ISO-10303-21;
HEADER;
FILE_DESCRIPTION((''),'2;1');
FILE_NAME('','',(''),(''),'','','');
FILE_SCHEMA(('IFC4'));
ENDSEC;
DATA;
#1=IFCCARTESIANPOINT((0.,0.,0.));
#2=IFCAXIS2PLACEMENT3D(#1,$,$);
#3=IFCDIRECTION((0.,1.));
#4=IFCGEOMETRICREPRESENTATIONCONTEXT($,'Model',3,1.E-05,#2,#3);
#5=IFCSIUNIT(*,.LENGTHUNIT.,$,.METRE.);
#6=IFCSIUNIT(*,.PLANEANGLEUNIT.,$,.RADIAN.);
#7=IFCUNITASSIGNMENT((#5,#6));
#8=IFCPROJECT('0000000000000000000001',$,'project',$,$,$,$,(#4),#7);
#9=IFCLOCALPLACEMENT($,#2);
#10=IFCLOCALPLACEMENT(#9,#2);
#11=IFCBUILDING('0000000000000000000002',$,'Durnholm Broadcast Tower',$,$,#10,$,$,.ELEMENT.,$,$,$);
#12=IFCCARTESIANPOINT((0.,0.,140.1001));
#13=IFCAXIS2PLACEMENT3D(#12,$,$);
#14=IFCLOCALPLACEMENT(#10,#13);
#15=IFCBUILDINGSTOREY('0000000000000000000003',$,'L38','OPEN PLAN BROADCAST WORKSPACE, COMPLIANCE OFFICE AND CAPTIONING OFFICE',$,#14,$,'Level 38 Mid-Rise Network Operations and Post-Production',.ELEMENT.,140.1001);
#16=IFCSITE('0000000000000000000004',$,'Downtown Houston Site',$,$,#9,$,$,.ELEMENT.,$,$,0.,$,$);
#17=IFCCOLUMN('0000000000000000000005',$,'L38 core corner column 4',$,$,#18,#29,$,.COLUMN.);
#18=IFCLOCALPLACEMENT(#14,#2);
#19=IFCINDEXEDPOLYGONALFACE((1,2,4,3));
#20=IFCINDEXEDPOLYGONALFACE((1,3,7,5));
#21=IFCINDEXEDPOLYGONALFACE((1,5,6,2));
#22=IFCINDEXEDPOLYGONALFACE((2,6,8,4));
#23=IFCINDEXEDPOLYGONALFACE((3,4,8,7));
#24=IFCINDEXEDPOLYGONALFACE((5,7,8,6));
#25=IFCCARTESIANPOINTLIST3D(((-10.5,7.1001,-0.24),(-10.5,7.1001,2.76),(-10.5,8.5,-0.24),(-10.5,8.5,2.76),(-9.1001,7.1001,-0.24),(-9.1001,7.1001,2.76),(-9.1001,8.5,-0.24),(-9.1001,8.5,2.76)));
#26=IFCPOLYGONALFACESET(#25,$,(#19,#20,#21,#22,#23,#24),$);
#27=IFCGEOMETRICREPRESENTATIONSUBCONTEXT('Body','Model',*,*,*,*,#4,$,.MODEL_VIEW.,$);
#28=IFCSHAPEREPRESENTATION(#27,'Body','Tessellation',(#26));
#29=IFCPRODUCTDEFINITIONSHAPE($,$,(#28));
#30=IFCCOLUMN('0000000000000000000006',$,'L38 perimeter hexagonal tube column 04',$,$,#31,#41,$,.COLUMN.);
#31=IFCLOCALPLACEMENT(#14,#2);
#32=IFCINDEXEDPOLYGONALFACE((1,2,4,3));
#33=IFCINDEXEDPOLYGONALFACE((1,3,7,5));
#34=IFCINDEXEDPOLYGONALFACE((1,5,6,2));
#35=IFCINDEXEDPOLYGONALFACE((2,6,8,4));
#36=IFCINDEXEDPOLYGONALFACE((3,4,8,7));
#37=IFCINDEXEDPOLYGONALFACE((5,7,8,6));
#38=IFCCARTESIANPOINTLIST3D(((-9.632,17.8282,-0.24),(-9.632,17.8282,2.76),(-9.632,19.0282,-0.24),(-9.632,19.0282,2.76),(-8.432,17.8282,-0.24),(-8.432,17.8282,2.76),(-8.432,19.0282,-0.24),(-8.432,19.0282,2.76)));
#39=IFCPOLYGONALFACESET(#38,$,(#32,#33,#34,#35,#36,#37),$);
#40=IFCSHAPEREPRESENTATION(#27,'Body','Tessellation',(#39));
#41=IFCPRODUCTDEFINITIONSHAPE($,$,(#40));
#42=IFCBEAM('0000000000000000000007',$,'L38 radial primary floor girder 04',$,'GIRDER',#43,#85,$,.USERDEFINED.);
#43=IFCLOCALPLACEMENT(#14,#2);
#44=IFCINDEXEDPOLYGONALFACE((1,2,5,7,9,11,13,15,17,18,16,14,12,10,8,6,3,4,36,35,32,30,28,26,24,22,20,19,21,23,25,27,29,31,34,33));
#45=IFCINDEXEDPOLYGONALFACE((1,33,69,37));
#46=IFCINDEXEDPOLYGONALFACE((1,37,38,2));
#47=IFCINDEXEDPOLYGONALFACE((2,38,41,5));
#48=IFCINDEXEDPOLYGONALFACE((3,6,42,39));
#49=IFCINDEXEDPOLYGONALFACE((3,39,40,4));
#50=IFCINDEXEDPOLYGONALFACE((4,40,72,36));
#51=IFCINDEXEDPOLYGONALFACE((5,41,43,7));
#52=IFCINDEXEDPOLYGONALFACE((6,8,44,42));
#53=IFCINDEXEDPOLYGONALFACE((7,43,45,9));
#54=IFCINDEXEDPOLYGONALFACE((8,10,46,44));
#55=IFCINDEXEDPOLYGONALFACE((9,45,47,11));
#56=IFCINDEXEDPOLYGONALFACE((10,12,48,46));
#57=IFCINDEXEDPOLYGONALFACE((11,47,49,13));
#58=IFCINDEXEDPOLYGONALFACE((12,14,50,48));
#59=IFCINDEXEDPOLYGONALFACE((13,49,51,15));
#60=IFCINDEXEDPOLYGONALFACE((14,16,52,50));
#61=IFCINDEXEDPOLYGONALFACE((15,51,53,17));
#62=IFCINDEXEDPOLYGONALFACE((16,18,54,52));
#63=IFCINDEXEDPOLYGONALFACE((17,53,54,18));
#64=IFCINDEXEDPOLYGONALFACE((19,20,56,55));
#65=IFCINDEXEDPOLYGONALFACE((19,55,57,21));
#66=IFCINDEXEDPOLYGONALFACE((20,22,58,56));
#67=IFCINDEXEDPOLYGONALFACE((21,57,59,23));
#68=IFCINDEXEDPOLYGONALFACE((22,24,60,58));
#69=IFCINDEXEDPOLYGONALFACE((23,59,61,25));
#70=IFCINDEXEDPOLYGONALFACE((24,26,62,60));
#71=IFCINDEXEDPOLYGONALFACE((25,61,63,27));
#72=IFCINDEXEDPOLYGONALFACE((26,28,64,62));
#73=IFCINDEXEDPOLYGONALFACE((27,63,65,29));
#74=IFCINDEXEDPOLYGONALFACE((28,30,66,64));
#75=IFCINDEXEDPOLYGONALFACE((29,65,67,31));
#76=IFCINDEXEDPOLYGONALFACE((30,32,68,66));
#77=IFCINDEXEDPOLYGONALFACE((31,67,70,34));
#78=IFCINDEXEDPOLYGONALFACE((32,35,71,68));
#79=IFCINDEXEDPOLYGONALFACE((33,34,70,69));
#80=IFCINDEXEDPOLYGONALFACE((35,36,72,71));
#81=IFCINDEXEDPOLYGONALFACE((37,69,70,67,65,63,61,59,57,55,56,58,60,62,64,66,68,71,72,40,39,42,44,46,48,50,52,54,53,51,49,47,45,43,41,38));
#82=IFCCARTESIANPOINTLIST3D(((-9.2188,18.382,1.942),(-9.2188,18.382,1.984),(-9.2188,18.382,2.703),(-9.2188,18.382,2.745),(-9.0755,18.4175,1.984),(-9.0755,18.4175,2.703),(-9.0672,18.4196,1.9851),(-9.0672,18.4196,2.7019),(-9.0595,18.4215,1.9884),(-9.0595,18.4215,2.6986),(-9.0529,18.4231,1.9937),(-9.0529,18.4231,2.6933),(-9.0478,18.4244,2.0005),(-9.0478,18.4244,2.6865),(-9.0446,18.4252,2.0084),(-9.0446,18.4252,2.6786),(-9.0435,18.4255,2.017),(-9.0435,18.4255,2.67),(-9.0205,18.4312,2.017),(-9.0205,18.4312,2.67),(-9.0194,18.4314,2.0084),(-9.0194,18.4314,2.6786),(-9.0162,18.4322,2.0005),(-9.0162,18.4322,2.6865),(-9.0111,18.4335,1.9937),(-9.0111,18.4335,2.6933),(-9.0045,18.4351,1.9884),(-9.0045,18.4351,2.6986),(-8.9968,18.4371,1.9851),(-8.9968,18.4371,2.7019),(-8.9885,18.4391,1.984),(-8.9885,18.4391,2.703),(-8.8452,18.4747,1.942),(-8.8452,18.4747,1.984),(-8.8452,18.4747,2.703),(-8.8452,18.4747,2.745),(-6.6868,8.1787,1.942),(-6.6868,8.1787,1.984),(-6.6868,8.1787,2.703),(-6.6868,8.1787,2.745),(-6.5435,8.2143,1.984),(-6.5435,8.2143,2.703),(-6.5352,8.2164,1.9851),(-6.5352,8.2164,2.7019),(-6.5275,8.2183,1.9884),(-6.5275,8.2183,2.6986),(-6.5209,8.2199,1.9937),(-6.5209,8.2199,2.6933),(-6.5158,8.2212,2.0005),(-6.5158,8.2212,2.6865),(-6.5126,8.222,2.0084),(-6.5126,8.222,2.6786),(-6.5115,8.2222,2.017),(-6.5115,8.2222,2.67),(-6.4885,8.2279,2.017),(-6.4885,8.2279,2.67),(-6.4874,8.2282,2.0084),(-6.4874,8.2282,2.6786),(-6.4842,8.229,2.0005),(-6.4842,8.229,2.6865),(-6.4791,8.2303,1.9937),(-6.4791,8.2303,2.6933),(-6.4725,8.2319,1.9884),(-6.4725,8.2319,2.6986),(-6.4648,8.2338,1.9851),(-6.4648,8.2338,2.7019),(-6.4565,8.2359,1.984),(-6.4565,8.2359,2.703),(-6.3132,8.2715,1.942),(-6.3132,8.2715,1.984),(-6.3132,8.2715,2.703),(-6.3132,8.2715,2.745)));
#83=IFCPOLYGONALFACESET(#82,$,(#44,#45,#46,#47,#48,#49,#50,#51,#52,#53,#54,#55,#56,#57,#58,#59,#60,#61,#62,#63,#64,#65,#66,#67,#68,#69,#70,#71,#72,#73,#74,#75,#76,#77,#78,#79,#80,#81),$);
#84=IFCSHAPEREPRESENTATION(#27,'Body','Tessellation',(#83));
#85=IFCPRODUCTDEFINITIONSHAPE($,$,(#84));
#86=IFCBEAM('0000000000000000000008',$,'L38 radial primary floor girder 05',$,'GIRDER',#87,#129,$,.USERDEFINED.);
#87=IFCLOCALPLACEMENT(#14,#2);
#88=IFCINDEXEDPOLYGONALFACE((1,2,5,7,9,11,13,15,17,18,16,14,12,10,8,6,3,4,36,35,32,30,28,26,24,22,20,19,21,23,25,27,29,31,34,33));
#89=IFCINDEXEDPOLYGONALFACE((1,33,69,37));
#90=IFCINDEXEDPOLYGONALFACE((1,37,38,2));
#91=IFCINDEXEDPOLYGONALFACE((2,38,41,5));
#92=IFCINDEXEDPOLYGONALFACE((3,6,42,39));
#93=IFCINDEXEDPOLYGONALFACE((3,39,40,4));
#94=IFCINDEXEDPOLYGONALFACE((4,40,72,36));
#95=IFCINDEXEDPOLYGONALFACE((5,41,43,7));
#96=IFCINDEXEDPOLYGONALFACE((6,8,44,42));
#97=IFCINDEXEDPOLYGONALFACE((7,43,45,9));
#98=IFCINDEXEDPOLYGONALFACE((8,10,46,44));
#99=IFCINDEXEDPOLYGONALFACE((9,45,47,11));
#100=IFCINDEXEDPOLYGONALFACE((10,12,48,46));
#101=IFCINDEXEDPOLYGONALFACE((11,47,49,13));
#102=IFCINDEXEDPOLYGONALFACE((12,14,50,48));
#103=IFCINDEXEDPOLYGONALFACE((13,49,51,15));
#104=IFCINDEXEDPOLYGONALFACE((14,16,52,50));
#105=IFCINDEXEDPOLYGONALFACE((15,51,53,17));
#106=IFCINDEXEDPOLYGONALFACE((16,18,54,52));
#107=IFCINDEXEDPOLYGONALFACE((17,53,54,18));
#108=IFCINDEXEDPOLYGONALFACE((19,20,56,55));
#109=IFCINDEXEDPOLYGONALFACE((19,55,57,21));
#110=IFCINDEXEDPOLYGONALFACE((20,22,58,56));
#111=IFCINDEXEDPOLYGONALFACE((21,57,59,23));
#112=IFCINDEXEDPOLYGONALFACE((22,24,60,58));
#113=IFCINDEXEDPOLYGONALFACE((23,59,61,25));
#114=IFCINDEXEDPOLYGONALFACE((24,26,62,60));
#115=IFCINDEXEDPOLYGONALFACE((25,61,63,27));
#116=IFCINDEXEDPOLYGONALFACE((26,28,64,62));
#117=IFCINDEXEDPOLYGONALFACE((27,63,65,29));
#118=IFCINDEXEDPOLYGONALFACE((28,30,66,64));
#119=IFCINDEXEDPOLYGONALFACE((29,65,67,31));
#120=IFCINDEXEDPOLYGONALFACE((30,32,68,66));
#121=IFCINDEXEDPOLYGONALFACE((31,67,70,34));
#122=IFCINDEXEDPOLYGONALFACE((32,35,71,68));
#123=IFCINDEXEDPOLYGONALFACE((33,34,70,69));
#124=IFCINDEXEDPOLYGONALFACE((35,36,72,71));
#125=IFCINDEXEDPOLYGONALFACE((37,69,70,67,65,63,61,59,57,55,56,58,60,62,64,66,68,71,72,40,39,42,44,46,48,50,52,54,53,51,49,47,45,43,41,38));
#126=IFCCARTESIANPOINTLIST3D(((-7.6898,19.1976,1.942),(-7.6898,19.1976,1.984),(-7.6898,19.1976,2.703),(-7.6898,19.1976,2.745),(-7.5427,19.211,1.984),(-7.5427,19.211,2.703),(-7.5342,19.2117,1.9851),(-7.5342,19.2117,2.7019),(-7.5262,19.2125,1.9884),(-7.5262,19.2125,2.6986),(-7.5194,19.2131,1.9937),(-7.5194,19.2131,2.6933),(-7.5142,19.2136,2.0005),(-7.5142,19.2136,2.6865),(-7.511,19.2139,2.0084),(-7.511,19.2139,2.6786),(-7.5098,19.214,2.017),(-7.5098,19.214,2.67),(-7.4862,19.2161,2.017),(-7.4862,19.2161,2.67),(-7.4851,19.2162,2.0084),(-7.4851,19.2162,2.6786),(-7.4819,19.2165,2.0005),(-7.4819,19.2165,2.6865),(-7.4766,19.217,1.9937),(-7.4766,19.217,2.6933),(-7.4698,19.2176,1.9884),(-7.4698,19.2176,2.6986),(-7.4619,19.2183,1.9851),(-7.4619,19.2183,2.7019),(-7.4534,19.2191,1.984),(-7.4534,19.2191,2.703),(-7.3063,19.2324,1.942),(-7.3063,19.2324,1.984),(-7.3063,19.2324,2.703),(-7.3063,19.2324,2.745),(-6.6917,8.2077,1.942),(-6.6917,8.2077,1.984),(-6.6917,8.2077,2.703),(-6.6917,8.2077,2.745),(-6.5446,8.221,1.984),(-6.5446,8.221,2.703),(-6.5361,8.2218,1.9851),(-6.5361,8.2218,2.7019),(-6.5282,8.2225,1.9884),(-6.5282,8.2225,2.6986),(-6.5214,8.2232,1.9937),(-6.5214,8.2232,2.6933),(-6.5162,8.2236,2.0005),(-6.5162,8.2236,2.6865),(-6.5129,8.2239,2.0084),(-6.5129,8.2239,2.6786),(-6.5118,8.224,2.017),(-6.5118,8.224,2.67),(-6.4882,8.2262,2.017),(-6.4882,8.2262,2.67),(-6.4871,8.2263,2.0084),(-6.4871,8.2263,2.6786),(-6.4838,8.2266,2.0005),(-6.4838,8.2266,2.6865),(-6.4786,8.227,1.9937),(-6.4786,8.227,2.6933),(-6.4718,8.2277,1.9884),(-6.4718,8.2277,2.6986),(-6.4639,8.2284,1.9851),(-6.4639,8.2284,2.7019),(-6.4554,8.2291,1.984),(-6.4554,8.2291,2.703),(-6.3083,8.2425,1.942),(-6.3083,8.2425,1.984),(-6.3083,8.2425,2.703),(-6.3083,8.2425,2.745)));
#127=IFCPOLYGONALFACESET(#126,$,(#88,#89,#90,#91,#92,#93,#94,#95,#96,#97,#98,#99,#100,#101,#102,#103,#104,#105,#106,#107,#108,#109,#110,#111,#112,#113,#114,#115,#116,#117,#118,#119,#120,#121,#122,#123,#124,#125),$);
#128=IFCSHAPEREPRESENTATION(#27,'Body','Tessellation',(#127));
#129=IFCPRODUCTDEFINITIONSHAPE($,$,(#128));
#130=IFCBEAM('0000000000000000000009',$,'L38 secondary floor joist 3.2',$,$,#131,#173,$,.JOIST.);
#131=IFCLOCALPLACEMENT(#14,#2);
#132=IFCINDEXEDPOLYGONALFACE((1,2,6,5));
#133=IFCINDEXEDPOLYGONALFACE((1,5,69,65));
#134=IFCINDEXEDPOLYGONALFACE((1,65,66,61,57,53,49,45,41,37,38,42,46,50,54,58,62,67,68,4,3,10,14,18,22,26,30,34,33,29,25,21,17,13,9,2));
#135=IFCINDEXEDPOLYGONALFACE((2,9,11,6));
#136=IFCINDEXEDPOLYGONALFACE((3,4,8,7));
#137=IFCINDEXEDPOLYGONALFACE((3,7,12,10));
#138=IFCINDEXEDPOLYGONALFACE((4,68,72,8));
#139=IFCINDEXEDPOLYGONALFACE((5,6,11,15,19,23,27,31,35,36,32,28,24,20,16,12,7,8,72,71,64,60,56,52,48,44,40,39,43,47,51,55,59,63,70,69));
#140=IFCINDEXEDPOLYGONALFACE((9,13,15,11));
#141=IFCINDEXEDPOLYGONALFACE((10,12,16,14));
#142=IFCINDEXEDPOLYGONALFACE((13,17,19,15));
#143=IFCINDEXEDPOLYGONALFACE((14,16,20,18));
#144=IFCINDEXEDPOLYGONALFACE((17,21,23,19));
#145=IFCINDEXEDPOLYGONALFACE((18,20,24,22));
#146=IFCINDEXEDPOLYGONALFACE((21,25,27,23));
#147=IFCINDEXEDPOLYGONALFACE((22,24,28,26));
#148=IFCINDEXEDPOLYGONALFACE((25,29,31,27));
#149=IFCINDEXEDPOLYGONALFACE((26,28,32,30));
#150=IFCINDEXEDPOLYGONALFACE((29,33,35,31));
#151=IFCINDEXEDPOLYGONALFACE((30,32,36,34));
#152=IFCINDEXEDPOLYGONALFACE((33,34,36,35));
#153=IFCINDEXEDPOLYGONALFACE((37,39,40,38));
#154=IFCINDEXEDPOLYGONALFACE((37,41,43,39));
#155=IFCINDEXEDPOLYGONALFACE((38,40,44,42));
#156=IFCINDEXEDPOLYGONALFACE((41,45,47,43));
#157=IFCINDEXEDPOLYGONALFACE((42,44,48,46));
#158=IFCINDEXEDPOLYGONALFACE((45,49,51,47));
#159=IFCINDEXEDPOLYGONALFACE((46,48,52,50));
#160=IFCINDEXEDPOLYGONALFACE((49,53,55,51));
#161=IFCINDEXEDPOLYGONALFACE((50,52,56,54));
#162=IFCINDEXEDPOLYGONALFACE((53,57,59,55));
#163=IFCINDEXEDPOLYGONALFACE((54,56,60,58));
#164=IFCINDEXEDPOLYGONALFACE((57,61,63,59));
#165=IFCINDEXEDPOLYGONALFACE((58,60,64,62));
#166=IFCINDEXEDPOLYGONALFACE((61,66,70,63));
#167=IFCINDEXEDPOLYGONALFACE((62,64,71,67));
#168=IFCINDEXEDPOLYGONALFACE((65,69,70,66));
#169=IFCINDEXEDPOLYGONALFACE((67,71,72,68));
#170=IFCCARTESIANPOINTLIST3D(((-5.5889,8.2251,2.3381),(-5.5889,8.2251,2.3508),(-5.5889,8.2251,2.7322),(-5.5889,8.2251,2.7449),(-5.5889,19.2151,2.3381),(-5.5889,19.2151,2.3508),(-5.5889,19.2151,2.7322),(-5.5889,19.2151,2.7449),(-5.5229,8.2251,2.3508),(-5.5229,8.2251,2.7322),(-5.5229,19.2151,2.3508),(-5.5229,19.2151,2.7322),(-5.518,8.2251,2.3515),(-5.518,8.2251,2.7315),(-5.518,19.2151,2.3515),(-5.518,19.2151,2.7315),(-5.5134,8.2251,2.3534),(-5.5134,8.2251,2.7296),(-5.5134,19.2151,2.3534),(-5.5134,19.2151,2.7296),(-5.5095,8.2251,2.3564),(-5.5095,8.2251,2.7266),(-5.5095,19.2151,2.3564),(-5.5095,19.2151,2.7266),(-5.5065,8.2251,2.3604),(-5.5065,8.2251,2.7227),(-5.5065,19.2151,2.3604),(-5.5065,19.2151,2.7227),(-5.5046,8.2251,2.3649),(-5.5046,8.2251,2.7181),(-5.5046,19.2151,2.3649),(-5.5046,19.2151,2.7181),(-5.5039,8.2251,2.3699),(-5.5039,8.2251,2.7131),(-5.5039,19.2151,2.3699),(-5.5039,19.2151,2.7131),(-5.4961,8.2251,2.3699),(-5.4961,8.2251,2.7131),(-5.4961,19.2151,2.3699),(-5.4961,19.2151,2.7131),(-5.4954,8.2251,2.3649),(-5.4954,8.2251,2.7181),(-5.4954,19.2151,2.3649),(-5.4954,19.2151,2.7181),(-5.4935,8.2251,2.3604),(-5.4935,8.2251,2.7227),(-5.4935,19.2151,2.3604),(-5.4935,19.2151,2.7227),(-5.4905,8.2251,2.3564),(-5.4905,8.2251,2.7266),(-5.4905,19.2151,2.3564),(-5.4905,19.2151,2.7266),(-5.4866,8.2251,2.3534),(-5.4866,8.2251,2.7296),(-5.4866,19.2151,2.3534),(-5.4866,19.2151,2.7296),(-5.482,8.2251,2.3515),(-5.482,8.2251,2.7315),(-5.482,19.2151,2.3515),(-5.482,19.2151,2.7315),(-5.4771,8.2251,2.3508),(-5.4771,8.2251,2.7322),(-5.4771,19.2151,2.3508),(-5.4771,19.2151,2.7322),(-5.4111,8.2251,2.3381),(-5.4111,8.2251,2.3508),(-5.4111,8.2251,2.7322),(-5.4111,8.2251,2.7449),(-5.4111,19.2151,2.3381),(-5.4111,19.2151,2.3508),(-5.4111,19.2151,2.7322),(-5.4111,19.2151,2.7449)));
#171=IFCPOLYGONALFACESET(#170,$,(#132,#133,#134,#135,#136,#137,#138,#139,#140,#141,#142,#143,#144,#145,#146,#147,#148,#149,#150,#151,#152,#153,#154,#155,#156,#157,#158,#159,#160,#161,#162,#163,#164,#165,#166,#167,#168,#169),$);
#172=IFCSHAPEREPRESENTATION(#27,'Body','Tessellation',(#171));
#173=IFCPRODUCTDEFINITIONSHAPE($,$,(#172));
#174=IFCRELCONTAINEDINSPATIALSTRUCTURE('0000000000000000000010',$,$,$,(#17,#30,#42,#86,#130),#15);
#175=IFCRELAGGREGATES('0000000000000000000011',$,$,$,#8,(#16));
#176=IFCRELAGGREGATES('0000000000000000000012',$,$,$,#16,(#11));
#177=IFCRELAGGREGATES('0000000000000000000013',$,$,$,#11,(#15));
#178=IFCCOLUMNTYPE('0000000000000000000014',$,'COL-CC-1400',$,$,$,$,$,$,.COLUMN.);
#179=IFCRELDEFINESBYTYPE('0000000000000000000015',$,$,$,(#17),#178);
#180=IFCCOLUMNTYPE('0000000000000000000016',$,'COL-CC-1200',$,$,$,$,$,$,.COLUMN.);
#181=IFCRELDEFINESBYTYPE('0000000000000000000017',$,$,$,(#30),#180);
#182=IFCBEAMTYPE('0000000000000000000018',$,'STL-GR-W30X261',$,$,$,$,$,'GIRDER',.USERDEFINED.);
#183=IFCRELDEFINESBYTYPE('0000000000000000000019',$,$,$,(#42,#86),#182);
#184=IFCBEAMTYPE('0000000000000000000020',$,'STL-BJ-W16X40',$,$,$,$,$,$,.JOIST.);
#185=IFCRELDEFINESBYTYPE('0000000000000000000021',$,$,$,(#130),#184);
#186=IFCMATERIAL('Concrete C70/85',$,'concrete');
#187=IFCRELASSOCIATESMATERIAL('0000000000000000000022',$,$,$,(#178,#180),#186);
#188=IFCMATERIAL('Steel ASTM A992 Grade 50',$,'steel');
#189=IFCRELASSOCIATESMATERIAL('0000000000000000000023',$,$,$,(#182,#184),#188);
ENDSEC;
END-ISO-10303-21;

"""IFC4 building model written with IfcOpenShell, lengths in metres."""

from ifc_helpers import new_model, si_unit, direction, frame, origin, origin_2d, place, context, subcontext, project, spatial, rectangle, i_section, extrude, source, transform, mapped, material, material_profile, profile_set, type_object, type_shapes, element, save


model = new_model("IFC4")

# Units and contexts
model_context = context("Model", 3, precision=1e-05, world=origin(), true_north=direction((0.0, 1.0)))
body_context = subcontext(model_context, "Body", "Model", "MODEL_VIEW")
ifc_project = project(units=[si_unit("LENGTHUNIT", "METRE"), si_unit("PLANEANGLEUNIT", "RADIAN")], contexts=[model_context])

# Site, building, storey
site_placement = place(None, origin())
site = spatial("IfcSite", under=ifc_project, at=site_placement, Name="Downtown Houston Site", CompositionType="ELEMENT", RefElevation=0.0)
building_placement = place(site_placement, origin())
building = spatial("IfcBuilding", under=site, at=building_placement, Name="Durnholm Broadcast Tower", CompositionType="ELEMENT")
storey_placement = place(building_placement, frame((0.0, 0.0, 140.1001)))
storey = spatial("IfcBuildingStorey", under=building, at=storey_placement, Name="L38", Description="OPEN PLAN BROADCAST WORKSPACE, COMPLIANCE OFFICE AND CAPTIONING OFFICE", LongName="Level 38 Mid-Rise Network Operations and Post-Production", CompositionType="ELEMENT", Elevation=140.1001)

# Columns
ifc_material_1 = material(Name="Concrete C70/85", Category="concrete")
ifc_material_profile_1 = material_profile(ifc_material_1, rectangle(XDim=1.3999, YDim=1.3999, at=origin_2d()), Name="RC1400X1400")
ifc_profile_set_1 = profile_set([ifc_material_profile_1], Name="Concrete C70/85")
column_type_1 = type_object("IfcColumnType", Name="COL-CC-1400", PredefinedType="COLUMN", material=ifc_profile_set_1)
shared_shape_1 = source(origin(), body_context, "Body", "SweptSolid", [
    extrude(rectangle(XDim=1.3999, YDim=1.3999, at=origin_2d()), origin(), (0.0, 0.0, 1.0), 3.0),
])
type_shapes(column_type_1, [shared_shape_1])
column_1_placement = place(storey_placement, frame((-9.8, 7.8, -0.24), z_axis=(0.0, 0.0, 1.0), x_axis=(1.0, 0.0, 0.0)))
element("IfcColumn", 1, at=column_1_placement, inside=storey, type_object=column_type_1, Name="L38 core corner column 4", PredefinedType="COLUMN", context=body_context, shape_type="MappedRepresentation", body=[
    mapped(shared_shape_1, transform((0.0, 0.0, 0.0), x_axis=(1.0, 0.0, 0.0), y_axis=(0.0, 1.0, 0.0), z_axis=(0.0, 0.0, 1.0), scale=1.0)),
])
ifc_material_profile_2 = material_profile(ifc_material_1, rectangle(XDim=1.2, YDim=1.2, at=origin_2d()), Name="RC1200X1200")
ifc_profile_set_2 = profile_set([ifc_material_profile_2], Name="Concrete C70/85")
column_type_2 = type_object("IfcColumnType", Name="COL-CC-1200", PredefinedType="COLUMN", material=ifc_profile_set_2)
shared_shape_2 = source(origin(), body_context, "Body", "SweptSolid", [
    extrude(rectangle(XDim=1.2, YDim=1.2, at=origin_2d()), origin(), (0.0, 0.0, 1.0), 3.0),
])
type_shapes(column_type_2, [shared_shape_2])
column_2_placement = place(storey_placement, frame((-9.032, 18.4282, -0.24), z_axis=(0.0, 0.0, 1.0), x_axis=(1.0, 0.0, 0.0)))
element("IfcColumn", 2, at=column_2_placement, inside=storey, type_object=column_type_2, Name="L38 perimeter hexagonal tube column 04", PredefinedType="COLUMN", context=body_context, shape_type="MappedRepresentation", body=[
    mapped(shared_shape_2, transform((0.0, 0.0, 0.0), x_axis=(1.0, 0.0, 0.0), y_axis=(0.0, 1.0, 0.0), z_axis=(0.0, 0.0, 1.0), scale=1.0)),
])

# Beams
ifc_material_2 = material(Name="Steel ASTM A992 Grade 50", Category="steel")
ifc_material_profile_3 = material_profile(ifc_material_2, i_section(OverallWidth=0.385, OverallDepth=0.803, WebThickness=0.0237, FlangeThickness=0.042, FilletRadius=0.033, at=origin_2d()), Name="W30X261")
ifc_profile_set_3 = profile_set([ifc_material_profile_3], Name="Steel ASTM A992 Grade 50")
beam_type_1 = type_object("IfcBeamType", Name="STL-GR-W30X261", ElementType="GIRDER", PredefinedType="USERDEFINED", material=ifc_profile_set_3)
shared_shape_3 = source(origin(), body_context, "Body", "SweptSolid", [
    extrude(i_section(OverallWidth=0.385, OverallDepth=0.803, WebThickness=0.0237, FlangeThickness=0.042, FilletRadius=0.033, at=origin_2d()), origin(), (0.0, 0.0, 1.0), 10.5127),
])
beam_1_placement = place(storey_placement, frame((-6.5, 8.2251, 2.3435), z_axis=(-0.240852, 0.970562, 0.0), x_axis=(-0.970562, -0.240852, 0.0)))
element("IfcBeam", 3, at=beam_1_placement, inside=storey, type_object=beam_type_1, Name="L38 radial primary floor girder 04", ObjectType="GIRDER", PredefinedType="USERDEFINED", context=body_context, shape_type="MappedRepresentation", body=[
    mapped(shared_shape_3, transform((0.0, 0.0, 0.0), x_axis=(1.0, 0.0, 0.0), y_axis=(0.0, 1.0, 0.0), z_axis=(0.0, 0.0, 1.0), scale=1.0)),
])
shared_shape_4 = source(origin(), body_context, "Body", "SweptSolid", [
    extrude(i_section(OverallWidth=0.385, OverallDepth=0.803, WebThickness=0.0237, FlangeThickness=0.042, FilletRadius=0.033, at=origin_2d()), origin(), (0.0, 0.0, 1.0), 11.0352),
])
type_shapes(beam_type_1, [shared_shape_3, shared_shape_4])
beam_2_placement = place(storey_placement, frame((-6.5, 8.2251, 2.3435), z_axis=(-0.090442, 0.995902, 0.0), x_axis=(-0.995902, -0.090442, 0.0)))
element("IfcBeam", 4, at=beam_2_placement, inside=storey, type_object=beam_type_1, Name="L38 radial primary floor girder 05", ObjectType="GIRDER", PredefinedType="USERDEFINED", context=body_context, shape_type="MappedRepresentation", body=[
    mapped(shared_shape_4, transform((0.0, 0.0, 0.0), x_axis=(1.0, 0.0, 0.0), y_axis=(0.0, 1.0, 0.0), z_axis=(0.0, 0.0, 1.0), scale=1.0)),
])
ifc_material_profile_4 = material_profile(ifc_material_2, i_section(OverallWidth=0.1777, OverallDepth=0.4067, WebThickness=0.0078, FlangeThickness=0.0127, FilletRadius=0.019, at=origin_2d()), Name="W16X40")
ifc_profile_set_4 = profile_set([ifc_material_profile_4], Name="Steel ASTM A992 Grade 50")
beam_type_2 = type_object("IfcBeamType", Name="STL-BJ-W16X40", PredefinedType="JOIST", material=ifc_profile_set_4)
shared_shape_5 = source(origin(), body_context, "Body", "SweptSolid", [
    extrude(i_section(OverallWidth=0.1777, OverallDepth=0.4067, WebThickness=0.0078, FlangeThickness=0.0127, FilletRadius=0.019, at=origin_2d()), origin(), (0.0, 0.0, 1.0), 10.99),
])
type_shapes(beam_type_2, [shared_shape_5])
beam_3_placement = place(storey_placement, frame((-5.5, 8.2251, 2.5415), z_axis=(0.0, 1.0, 0.0), x_axis=(-1.0, 0.0, 0.0)))
element("IfcBeam", 5, at=beam_3_placement, inside=storey, type_object=beam_type_2, Name="L38 secondary floor joist 3.2", PredefinedType="JOIST", context=body_context, shape_type="MappedRepresentation", body=[
    mapped(shared_shape_5, transform((0.0, 0.0, 0.0), x_axis=(1.0, 0.0, 0.0), y_axis=(0.0, 1.0, 0.0), z_axis=(0.0, 0.0, 1.0), scale=1.0)),
])

save(model, "model.ifc")
